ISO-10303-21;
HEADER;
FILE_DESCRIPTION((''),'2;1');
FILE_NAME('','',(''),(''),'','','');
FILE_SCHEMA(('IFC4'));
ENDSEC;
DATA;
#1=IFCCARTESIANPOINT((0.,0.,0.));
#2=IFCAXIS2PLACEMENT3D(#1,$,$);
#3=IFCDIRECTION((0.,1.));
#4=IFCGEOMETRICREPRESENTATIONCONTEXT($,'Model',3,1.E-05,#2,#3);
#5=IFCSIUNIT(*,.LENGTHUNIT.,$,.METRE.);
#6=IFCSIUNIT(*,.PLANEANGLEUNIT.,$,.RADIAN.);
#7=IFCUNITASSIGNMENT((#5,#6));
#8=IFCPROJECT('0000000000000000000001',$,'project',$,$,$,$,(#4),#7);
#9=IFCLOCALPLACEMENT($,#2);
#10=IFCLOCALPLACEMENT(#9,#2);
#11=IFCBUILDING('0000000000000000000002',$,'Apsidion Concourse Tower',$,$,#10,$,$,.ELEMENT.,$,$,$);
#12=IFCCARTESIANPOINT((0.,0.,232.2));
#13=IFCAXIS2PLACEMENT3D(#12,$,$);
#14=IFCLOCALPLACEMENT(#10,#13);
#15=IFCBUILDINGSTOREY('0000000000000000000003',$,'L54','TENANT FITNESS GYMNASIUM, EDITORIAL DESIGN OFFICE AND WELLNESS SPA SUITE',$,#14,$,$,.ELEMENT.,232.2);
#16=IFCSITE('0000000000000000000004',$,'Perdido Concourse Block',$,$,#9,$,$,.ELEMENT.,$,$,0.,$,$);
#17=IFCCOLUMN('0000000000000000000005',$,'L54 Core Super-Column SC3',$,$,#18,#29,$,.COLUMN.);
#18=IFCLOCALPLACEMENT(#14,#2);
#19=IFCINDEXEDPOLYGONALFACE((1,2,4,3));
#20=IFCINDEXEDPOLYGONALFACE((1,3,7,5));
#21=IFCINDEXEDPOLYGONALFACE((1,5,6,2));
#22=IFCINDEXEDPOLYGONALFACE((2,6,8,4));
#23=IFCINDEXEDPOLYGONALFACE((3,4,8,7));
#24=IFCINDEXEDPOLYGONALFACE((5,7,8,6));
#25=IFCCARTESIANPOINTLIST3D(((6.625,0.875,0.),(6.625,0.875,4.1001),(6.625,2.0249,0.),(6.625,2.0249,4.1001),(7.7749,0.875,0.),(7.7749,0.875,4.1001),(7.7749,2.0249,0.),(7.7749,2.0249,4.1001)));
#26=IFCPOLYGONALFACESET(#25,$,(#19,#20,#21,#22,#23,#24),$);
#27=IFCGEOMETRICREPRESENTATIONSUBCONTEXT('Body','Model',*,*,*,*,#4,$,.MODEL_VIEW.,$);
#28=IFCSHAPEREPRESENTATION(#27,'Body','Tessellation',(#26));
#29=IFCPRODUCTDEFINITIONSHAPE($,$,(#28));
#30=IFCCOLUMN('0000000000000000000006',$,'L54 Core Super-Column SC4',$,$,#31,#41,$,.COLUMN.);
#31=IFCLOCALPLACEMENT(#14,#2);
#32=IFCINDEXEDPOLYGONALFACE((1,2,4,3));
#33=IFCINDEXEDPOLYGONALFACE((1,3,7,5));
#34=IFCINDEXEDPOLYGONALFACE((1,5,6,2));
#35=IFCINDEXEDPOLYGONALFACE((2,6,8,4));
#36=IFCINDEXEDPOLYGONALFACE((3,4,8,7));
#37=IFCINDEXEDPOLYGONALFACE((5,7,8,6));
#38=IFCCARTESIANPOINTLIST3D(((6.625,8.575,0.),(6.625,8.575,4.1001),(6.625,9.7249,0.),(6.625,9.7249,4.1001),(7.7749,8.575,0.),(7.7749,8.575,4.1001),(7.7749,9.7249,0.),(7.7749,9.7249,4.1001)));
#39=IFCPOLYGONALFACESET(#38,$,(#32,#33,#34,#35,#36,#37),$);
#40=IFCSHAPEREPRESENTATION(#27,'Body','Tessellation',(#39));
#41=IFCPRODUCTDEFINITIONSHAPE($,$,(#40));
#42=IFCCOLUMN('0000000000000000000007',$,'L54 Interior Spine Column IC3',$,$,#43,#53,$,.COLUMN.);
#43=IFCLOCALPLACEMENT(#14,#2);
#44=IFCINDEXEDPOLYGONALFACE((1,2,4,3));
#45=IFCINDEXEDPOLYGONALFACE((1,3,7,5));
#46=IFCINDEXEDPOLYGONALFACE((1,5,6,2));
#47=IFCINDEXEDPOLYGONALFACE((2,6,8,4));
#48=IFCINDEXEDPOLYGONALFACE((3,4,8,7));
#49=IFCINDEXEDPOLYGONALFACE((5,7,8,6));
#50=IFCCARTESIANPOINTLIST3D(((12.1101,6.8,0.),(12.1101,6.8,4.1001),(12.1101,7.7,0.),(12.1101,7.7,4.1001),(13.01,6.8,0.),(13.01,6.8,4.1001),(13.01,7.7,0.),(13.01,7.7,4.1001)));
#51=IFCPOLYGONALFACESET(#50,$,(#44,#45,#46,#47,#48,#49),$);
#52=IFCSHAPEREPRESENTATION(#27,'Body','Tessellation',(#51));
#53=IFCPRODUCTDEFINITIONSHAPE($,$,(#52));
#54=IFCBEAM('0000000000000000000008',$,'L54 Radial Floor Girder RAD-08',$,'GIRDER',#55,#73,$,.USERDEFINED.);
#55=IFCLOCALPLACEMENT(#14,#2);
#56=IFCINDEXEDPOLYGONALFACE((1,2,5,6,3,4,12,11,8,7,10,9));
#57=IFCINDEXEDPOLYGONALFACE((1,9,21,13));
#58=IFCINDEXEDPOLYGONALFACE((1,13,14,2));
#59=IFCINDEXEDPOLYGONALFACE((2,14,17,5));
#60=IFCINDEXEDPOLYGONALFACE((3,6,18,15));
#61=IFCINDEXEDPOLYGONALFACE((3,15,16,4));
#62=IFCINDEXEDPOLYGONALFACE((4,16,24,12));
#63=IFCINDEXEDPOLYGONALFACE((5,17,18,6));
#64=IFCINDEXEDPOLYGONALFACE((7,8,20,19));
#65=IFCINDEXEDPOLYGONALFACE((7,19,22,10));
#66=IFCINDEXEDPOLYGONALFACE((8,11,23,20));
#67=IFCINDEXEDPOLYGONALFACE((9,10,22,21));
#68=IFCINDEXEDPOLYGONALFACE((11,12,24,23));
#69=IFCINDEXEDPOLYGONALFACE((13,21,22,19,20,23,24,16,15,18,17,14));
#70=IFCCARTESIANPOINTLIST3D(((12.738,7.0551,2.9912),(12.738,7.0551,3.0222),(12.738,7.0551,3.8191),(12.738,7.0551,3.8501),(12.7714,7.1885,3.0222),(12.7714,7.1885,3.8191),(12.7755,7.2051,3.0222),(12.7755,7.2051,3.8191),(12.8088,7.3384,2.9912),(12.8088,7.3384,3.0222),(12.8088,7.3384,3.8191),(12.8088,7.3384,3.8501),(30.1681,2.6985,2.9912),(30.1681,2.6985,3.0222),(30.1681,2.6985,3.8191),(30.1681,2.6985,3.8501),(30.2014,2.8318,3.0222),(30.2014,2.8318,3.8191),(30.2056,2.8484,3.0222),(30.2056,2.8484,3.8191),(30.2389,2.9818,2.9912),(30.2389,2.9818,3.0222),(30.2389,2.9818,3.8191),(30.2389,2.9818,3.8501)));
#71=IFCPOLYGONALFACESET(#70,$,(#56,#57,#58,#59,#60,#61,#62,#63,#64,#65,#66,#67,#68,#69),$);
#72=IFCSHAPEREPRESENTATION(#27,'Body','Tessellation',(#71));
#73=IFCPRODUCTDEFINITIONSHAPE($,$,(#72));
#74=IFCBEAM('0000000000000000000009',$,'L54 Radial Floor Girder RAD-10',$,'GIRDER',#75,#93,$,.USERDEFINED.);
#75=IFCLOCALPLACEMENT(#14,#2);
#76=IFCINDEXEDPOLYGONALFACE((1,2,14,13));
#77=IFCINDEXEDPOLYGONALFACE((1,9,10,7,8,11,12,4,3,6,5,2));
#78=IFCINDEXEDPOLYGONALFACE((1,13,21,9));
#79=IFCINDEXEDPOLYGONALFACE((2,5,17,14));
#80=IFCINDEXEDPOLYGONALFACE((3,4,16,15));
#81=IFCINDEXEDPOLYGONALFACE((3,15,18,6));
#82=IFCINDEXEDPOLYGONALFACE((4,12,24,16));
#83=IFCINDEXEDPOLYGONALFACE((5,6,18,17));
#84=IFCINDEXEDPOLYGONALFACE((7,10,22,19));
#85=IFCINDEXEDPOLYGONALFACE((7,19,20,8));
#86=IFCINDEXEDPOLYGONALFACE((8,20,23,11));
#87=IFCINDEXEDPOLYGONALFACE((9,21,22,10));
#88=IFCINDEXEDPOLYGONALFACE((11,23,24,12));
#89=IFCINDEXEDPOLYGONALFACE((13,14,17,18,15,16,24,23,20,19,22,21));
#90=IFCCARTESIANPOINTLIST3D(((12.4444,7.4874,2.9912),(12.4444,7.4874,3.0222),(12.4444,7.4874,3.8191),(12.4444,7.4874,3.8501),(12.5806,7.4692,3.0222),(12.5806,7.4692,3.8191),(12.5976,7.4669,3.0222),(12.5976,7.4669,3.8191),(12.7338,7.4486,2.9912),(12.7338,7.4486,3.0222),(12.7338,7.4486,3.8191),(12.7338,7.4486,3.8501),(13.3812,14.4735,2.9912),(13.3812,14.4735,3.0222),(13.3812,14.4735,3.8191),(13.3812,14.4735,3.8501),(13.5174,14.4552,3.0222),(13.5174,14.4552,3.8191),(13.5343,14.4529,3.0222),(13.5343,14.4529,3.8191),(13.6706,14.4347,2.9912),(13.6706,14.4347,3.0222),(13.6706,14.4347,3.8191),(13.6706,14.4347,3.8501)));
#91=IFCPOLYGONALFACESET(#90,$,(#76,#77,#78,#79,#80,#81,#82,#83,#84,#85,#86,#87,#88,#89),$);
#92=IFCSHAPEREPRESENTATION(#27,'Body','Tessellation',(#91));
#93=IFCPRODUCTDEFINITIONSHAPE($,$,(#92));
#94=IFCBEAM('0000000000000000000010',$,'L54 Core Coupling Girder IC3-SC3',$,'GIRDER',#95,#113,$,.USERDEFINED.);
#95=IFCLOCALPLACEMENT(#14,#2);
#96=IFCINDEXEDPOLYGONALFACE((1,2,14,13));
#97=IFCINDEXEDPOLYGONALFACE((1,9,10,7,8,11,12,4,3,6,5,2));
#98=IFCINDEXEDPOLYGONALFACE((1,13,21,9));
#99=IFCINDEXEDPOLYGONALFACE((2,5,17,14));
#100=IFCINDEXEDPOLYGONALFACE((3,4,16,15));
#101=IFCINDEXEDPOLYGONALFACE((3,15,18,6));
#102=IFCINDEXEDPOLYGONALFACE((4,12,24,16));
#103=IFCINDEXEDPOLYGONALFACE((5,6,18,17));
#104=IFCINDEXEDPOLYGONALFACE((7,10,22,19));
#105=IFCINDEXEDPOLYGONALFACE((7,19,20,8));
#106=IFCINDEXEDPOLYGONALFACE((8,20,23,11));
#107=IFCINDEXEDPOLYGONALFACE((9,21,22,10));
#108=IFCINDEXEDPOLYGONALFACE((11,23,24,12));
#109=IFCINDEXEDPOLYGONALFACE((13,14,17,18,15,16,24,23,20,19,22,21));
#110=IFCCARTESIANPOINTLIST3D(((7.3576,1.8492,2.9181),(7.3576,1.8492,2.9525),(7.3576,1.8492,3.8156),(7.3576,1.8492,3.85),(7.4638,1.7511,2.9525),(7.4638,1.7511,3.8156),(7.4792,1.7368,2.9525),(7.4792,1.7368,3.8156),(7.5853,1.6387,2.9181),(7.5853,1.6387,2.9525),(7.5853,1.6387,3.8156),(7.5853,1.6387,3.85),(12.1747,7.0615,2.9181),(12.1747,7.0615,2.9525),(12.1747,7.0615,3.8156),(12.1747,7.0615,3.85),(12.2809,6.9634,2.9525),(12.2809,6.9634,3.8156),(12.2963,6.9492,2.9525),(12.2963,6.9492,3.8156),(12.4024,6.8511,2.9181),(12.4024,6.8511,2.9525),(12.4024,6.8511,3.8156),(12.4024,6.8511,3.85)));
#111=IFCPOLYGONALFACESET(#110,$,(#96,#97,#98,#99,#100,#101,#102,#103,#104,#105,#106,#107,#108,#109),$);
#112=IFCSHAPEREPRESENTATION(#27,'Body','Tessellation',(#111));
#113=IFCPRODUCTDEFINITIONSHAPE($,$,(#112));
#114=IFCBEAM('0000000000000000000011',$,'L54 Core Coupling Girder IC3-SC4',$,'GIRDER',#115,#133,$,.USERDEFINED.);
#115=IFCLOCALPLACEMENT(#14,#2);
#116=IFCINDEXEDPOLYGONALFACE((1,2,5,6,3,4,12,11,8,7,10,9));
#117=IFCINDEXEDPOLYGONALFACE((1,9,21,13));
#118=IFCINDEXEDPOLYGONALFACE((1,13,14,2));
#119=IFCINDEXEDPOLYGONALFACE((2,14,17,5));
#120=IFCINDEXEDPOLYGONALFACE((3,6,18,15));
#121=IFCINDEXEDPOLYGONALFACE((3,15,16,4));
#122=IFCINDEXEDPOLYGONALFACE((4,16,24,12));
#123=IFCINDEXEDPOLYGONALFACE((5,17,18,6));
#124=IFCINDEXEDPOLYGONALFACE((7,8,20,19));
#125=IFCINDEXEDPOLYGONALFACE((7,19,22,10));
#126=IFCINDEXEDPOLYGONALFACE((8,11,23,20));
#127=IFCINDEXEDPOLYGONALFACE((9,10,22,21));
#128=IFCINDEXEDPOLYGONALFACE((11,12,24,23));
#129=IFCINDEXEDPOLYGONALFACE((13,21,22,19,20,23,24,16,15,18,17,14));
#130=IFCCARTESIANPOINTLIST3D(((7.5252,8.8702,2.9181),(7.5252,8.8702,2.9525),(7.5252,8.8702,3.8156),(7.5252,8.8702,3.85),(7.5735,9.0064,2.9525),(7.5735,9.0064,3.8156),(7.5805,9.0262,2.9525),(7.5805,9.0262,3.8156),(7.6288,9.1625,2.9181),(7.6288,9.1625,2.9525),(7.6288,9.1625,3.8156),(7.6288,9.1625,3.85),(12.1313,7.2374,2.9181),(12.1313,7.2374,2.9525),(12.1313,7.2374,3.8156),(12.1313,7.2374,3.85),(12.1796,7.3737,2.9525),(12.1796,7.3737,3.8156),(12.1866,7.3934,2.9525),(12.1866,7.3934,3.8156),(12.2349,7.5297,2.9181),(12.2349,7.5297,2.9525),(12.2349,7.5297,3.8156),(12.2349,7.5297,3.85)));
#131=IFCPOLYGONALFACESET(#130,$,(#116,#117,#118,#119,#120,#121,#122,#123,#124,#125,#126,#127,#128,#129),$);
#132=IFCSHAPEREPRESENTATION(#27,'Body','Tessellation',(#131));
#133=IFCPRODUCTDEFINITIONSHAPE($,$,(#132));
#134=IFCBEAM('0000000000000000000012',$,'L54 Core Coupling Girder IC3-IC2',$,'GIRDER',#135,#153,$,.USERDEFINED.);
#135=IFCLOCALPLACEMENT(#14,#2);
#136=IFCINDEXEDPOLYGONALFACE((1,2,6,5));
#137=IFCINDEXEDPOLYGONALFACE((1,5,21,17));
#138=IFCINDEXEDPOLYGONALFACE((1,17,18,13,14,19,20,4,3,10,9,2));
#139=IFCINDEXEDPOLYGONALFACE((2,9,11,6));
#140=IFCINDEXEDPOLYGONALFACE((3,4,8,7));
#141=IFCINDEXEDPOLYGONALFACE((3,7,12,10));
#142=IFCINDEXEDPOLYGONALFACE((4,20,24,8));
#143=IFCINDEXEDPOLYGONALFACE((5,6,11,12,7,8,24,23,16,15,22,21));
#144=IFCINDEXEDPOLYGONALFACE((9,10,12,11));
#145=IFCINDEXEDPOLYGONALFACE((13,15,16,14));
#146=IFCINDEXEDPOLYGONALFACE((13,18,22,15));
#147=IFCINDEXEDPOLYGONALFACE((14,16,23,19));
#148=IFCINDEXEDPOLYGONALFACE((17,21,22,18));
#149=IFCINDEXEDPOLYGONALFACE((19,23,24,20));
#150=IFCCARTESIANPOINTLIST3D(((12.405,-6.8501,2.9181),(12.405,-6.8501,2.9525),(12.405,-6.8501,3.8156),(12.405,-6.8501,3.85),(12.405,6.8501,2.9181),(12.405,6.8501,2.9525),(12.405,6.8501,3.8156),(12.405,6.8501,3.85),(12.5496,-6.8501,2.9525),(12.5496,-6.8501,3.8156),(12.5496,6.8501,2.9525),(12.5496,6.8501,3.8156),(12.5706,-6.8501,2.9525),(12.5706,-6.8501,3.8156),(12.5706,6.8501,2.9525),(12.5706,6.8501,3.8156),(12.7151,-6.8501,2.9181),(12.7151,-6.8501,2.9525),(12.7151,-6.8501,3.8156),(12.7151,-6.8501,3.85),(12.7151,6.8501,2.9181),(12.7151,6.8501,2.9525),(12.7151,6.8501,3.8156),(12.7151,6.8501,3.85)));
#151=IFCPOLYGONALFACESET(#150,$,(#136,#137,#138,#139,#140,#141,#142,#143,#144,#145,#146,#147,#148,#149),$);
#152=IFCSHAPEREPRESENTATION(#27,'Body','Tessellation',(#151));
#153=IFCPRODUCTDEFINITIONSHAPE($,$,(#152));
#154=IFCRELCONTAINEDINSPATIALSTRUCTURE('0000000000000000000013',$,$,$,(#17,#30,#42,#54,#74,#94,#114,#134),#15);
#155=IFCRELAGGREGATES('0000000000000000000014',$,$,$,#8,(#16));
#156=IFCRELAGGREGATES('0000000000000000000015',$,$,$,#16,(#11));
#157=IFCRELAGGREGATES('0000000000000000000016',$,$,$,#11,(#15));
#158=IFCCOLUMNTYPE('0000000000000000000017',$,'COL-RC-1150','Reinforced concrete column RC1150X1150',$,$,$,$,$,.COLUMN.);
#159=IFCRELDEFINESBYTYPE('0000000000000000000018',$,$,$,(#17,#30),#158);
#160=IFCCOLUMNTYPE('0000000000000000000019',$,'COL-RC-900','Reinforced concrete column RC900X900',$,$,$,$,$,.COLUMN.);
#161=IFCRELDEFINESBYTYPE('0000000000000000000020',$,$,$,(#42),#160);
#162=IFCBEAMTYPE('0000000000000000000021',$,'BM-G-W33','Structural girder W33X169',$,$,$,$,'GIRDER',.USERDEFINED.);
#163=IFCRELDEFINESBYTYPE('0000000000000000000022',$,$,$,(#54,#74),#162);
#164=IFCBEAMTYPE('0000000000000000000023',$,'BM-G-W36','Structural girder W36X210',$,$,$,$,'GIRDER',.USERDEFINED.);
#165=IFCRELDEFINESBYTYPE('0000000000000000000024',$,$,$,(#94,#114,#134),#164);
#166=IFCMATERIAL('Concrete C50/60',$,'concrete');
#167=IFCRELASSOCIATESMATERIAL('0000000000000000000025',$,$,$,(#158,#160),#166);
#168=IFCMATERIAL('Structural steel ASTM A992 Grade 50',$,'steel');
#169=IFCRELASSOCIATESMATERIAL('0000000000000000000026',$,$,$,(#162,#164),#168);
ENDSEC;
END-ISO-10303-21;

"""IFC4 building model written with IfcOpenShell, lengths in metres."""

from ifc_helpers import new_model, si_unit, direction, frame, origin, origin_2d, place, context, subcontext, project, spatial, rectangle, i_section, extrude, material, material_profile, profile_set, type_object, element, save


model = new_model("IFC4")

# Units and contexts
model_context = context("Model", 3, precision=1e-05, world=origin(), true_north=direction((0.0, 1.0)))
body_context = subcontext(model_context, "Body", "Model", "MODEL_VIEW")
ifc_project = project(units=[si_unit("LENGTHUNIT", "METRE"), si_unit("PLANEANGLEUNIT", "RADIAN")], contexts=[model_context])

# Site, building, storey
site_placement = place(None, origin())
site = spatial("IfcSite", under=ifc_project, at=site_placement, Name="Perdido Concourse Block", CompositionType="ELEMENT", RefElevation=0.0)
building_placement = place(site_placement, origin())
building = spatial("IfcBuilding", under=site, at=building_placement, Name="Apsidion Concourse Tower", CompositionType="ELEMENT")
storey_placement = place(building_placement, frame((0.0, 0.0, 232.2)))
storey = spatial("IfcBuildingStorey", under=building, at=storey_placement, Name="L54", Description="TENANT FITNESS GYMNASIUM, EDITORIAL DESIGN OFFICE AND WELLNESS SPA SUITE", CompositionType="ELEMENT", Elevation=232.2)

# Columns
ifc_material_1 = material(Name="Concrete C50/60", Category="concrete")
ifc_material_profile_1 = material_profile(ifc_material_1, rectangle(XDim=1.1499, YDim=1.1499, at=origin_2d()), Name="RC 1150x1150")
ifc_profile_set_1 = profile_set([ifc_material_profile_1], Name="Concrete C50/60")
column_type_1 = type_object("IfcColumnType", Name="COL-RC-1150", Description="Reinforced concrete column RC1150X1150", PredefinedType="COLUMN", material=ifc_profile_set_1)
for number, where, z_axis, x_axis, name in (
    (1, (7.2, 1.45, 0.0), (0.0, 0.0, 1.0), (1.0, 0.0, 0.0), "L54 Core Super-Column SC3"),
    (2, (7.2, 9.1499, 0.0), (0.0, 0.0, 1.0), (1.0, 0.0, 0.0), "L54 Core Super-Column SC4"),
):
    element("IfcColumn", number, at=place(storey_placement, frame(where, z_axis=z_axis, x_axis=x_axis)), inside=storey, type_object=column_type_1, Name=name, PredefinedType="COLUMN", context=body_context, shape_type="SweptSolid", body=[
        extrude(rectangle(XDim=1.1499, YDim=1.1499, at=origin_2d()), origin(), (0.0, 0.0, 1.0), 4.1001),
    ])
ifc_material_profile_2 = material_profile(ifc_material_1, rectangle(XDim=0.8999, YDim=0.8999, at=origin_2d()), Name="RC 900x900")
ifc_profile_set_2 = profile_set([ifc_material_profile_2], Name="Concrete C50/60")
column_type_2 = type_object("IfcColumnType", Name="COL-RC-900", Description="Reinforced concrete column RC900X900", PredefinedType="COLUMN", material=ifc_profile_set_2)
column_placement = place(storey_placement, frame((12.5601, 7.25, 0.0), z_axis=(0.0, 0.0, 1.0), x_axis=(1.0, 0.0, 0.0)))
element("IfcColumn", 3, at=column_placement, inside=storey, type_object=column_type_2, Name="L54 Interior Spine Column IC3", PredefinedType="COLUMN", context=body_context, shape_type="SweptSolid", body=[
    extrude(rectangle(XDim=0.8999, YDim=0.8999, at=origin_2d()), origin(), (0.0, 0.0, 1.0), 4.1001),
])

# Beams
ifc_material_2 = material(Name="Structural steel ASTM A992 Grade 50", Category="steel")
ifc_material_profile_3 = material_profile(ifc_material_2, i_section(OverallWidth=0.292, OverallDepth=0.8589, WebThickness=0.0171, FlangeThickness=0.031, at=origin_2d()), Name="W33X169")
ifc_profile_set_3 = profile_set([ifc_material_profile_3], Name="Structural steel ASTM A992 Grade 50")
beam_type_1 = type_object("IfcBeamType", Name="BM-G-W33", Description="Structural girder W33X169", ElementType="GIRDER", PredefinedType="USERDEFINED", material=ifc_profile_set_3)
beam_1_placement = place(storey_placement, frame((12.7734, 7.1968, 3.4207), z_axis=(0.970154, -0.242491, 0.0), x_axis=(0.242491, 0.970154, 0.0)))
element("IfcBeam", 4, at=beam_1_placement, inside=storey, type_object=beam_type_1, Name="L54 Radial Floor Girder RAD-08", ObjectType="GIRDER", PredefinedType="USERDEFINED", context=body_context, shape_type="SweptSolid", body=[
    extrude(i_section(OverallWidth=0.292, OverallDepth=0.8589, WebThickness=0.0171, FlangeThickness=0.031, at=origin_2d()), origin(), (0.0, 0.0, 1.0), 17.9663),
])
beam_2_placement = place(storey_placement, frame((12.5891, 7.468, 3.4207), z_axis=(0.132901, 0.991129, 0.0), x_axis=(-0.991129, 0.132901, 0.0)))
element("IfcBeam", 5, at=beam_2_placement, inside=storey, type_object=beam_type_1, Name="L54 Radial Floor Girder RAD-10", ObjectType="GIRDER", PredefinedType="USERDEFINED", context=body_context, shape_type="SweptSolid", body=[
    extrude(i_section(OverallWidth=0.292, OverallDepth=0.8589, WebThickness=0.0171, FlangeThickness=0.031, at=origin_2d()), origin(), (0.0, 0.0, 1.0), 7.0486),
])
ifc_material_profile_4 = material_profile(ifc_material_2, i_section(OverallWidth=0.3101, OverallDepth=0.9319, WebThickness=0.021, FlangeThickness=0.0344, at=origin_2d()), Name="W36X210")
ifc_profile_set_4 = profile_set([ifc_material_profile_4], Name="Structural steel ASTM A992 Grade 50")
beam_type_2 = type_object("IfcBeamType", Name="BM-G-W36", Description="Structural girder W36X210", ElementType="GIRDER", PredefinedType="USERDEFINED", material=ifc_profile_set_4)
beam_3_placement = place(storey_placement, frame((12.2886, 6.9563, 3.384), z_axis=(-0.678713, -0.734404, 0.0), x_axis=(0.734404, -0.678713, 0.0)))
element("IfcBeam", 6, at=beam_3_placement, inside=storey, type_object=beam_type_2, Name="L54 Core Coupling Girder IC3-SC3", ObjectType="GIRDER", PredefinedType="USERDEFINED", context=body_context, shape_type="SweptSolid", body=[
    extrude(i_section(OverallWidth=0.3101, OverallDepth=0.9319, WebThickness=0.021, FlangeThickness=0.0344, at=origin_2d()), origin(), (0.0, 0.0, 1.0), 7.0974),
])
beam_4_placement = place(storey_placement, frame((12.1831, 7.3835, 3.384), z_axis=(-0.942534, 0.334111, 0.0), x_axis=(-0.334111, -0.942534, 0.0)))
element("IfcBeam", 7, at=beam_4_placement, inside=storey, type_object=beam_type_2, Name="L54 Core Coupling Girder IC3-SC4", ObjectType="GIRDER", PredefinedType="USERDEFINED", context=body_context, shape_type="SweptSolid", body=[
    extrude(i_section(OverallWidth=0.3101, OverallDepth=0.9319, WebThickness=0.021, FlangeThickness=0.0344, at=origin_2d()), origin(), (0.0, 0.0, 1.0), 4.887),
])
beam_5_placement = place(storey_placement, frame((12.5601, 6.8501, 3.384), z_axis=(0.0, -1.0, 0.0), x_axis=(1.0, 0.0, 0.0)))
element("IfcBeam", 8, at=beam_5_placement, inside=storey, type_object=beam_type_2, Name="L54 Core Coupling Girder IC3-IC2", ObjectType="GIRDER", PredefinedType="USERDEFINED", context=body_context, shape_type="SweptSolid", body=[
    extrude(i_section(OverallWidth=0.3101, OverallDepth=0.9319, WebThickness=0.021, FlangeThickness=0.0344, at=origin_2d()), origin(), (0.0, 0.0, 1.0), 13.7002),
])

save(model, "model.ifc")
